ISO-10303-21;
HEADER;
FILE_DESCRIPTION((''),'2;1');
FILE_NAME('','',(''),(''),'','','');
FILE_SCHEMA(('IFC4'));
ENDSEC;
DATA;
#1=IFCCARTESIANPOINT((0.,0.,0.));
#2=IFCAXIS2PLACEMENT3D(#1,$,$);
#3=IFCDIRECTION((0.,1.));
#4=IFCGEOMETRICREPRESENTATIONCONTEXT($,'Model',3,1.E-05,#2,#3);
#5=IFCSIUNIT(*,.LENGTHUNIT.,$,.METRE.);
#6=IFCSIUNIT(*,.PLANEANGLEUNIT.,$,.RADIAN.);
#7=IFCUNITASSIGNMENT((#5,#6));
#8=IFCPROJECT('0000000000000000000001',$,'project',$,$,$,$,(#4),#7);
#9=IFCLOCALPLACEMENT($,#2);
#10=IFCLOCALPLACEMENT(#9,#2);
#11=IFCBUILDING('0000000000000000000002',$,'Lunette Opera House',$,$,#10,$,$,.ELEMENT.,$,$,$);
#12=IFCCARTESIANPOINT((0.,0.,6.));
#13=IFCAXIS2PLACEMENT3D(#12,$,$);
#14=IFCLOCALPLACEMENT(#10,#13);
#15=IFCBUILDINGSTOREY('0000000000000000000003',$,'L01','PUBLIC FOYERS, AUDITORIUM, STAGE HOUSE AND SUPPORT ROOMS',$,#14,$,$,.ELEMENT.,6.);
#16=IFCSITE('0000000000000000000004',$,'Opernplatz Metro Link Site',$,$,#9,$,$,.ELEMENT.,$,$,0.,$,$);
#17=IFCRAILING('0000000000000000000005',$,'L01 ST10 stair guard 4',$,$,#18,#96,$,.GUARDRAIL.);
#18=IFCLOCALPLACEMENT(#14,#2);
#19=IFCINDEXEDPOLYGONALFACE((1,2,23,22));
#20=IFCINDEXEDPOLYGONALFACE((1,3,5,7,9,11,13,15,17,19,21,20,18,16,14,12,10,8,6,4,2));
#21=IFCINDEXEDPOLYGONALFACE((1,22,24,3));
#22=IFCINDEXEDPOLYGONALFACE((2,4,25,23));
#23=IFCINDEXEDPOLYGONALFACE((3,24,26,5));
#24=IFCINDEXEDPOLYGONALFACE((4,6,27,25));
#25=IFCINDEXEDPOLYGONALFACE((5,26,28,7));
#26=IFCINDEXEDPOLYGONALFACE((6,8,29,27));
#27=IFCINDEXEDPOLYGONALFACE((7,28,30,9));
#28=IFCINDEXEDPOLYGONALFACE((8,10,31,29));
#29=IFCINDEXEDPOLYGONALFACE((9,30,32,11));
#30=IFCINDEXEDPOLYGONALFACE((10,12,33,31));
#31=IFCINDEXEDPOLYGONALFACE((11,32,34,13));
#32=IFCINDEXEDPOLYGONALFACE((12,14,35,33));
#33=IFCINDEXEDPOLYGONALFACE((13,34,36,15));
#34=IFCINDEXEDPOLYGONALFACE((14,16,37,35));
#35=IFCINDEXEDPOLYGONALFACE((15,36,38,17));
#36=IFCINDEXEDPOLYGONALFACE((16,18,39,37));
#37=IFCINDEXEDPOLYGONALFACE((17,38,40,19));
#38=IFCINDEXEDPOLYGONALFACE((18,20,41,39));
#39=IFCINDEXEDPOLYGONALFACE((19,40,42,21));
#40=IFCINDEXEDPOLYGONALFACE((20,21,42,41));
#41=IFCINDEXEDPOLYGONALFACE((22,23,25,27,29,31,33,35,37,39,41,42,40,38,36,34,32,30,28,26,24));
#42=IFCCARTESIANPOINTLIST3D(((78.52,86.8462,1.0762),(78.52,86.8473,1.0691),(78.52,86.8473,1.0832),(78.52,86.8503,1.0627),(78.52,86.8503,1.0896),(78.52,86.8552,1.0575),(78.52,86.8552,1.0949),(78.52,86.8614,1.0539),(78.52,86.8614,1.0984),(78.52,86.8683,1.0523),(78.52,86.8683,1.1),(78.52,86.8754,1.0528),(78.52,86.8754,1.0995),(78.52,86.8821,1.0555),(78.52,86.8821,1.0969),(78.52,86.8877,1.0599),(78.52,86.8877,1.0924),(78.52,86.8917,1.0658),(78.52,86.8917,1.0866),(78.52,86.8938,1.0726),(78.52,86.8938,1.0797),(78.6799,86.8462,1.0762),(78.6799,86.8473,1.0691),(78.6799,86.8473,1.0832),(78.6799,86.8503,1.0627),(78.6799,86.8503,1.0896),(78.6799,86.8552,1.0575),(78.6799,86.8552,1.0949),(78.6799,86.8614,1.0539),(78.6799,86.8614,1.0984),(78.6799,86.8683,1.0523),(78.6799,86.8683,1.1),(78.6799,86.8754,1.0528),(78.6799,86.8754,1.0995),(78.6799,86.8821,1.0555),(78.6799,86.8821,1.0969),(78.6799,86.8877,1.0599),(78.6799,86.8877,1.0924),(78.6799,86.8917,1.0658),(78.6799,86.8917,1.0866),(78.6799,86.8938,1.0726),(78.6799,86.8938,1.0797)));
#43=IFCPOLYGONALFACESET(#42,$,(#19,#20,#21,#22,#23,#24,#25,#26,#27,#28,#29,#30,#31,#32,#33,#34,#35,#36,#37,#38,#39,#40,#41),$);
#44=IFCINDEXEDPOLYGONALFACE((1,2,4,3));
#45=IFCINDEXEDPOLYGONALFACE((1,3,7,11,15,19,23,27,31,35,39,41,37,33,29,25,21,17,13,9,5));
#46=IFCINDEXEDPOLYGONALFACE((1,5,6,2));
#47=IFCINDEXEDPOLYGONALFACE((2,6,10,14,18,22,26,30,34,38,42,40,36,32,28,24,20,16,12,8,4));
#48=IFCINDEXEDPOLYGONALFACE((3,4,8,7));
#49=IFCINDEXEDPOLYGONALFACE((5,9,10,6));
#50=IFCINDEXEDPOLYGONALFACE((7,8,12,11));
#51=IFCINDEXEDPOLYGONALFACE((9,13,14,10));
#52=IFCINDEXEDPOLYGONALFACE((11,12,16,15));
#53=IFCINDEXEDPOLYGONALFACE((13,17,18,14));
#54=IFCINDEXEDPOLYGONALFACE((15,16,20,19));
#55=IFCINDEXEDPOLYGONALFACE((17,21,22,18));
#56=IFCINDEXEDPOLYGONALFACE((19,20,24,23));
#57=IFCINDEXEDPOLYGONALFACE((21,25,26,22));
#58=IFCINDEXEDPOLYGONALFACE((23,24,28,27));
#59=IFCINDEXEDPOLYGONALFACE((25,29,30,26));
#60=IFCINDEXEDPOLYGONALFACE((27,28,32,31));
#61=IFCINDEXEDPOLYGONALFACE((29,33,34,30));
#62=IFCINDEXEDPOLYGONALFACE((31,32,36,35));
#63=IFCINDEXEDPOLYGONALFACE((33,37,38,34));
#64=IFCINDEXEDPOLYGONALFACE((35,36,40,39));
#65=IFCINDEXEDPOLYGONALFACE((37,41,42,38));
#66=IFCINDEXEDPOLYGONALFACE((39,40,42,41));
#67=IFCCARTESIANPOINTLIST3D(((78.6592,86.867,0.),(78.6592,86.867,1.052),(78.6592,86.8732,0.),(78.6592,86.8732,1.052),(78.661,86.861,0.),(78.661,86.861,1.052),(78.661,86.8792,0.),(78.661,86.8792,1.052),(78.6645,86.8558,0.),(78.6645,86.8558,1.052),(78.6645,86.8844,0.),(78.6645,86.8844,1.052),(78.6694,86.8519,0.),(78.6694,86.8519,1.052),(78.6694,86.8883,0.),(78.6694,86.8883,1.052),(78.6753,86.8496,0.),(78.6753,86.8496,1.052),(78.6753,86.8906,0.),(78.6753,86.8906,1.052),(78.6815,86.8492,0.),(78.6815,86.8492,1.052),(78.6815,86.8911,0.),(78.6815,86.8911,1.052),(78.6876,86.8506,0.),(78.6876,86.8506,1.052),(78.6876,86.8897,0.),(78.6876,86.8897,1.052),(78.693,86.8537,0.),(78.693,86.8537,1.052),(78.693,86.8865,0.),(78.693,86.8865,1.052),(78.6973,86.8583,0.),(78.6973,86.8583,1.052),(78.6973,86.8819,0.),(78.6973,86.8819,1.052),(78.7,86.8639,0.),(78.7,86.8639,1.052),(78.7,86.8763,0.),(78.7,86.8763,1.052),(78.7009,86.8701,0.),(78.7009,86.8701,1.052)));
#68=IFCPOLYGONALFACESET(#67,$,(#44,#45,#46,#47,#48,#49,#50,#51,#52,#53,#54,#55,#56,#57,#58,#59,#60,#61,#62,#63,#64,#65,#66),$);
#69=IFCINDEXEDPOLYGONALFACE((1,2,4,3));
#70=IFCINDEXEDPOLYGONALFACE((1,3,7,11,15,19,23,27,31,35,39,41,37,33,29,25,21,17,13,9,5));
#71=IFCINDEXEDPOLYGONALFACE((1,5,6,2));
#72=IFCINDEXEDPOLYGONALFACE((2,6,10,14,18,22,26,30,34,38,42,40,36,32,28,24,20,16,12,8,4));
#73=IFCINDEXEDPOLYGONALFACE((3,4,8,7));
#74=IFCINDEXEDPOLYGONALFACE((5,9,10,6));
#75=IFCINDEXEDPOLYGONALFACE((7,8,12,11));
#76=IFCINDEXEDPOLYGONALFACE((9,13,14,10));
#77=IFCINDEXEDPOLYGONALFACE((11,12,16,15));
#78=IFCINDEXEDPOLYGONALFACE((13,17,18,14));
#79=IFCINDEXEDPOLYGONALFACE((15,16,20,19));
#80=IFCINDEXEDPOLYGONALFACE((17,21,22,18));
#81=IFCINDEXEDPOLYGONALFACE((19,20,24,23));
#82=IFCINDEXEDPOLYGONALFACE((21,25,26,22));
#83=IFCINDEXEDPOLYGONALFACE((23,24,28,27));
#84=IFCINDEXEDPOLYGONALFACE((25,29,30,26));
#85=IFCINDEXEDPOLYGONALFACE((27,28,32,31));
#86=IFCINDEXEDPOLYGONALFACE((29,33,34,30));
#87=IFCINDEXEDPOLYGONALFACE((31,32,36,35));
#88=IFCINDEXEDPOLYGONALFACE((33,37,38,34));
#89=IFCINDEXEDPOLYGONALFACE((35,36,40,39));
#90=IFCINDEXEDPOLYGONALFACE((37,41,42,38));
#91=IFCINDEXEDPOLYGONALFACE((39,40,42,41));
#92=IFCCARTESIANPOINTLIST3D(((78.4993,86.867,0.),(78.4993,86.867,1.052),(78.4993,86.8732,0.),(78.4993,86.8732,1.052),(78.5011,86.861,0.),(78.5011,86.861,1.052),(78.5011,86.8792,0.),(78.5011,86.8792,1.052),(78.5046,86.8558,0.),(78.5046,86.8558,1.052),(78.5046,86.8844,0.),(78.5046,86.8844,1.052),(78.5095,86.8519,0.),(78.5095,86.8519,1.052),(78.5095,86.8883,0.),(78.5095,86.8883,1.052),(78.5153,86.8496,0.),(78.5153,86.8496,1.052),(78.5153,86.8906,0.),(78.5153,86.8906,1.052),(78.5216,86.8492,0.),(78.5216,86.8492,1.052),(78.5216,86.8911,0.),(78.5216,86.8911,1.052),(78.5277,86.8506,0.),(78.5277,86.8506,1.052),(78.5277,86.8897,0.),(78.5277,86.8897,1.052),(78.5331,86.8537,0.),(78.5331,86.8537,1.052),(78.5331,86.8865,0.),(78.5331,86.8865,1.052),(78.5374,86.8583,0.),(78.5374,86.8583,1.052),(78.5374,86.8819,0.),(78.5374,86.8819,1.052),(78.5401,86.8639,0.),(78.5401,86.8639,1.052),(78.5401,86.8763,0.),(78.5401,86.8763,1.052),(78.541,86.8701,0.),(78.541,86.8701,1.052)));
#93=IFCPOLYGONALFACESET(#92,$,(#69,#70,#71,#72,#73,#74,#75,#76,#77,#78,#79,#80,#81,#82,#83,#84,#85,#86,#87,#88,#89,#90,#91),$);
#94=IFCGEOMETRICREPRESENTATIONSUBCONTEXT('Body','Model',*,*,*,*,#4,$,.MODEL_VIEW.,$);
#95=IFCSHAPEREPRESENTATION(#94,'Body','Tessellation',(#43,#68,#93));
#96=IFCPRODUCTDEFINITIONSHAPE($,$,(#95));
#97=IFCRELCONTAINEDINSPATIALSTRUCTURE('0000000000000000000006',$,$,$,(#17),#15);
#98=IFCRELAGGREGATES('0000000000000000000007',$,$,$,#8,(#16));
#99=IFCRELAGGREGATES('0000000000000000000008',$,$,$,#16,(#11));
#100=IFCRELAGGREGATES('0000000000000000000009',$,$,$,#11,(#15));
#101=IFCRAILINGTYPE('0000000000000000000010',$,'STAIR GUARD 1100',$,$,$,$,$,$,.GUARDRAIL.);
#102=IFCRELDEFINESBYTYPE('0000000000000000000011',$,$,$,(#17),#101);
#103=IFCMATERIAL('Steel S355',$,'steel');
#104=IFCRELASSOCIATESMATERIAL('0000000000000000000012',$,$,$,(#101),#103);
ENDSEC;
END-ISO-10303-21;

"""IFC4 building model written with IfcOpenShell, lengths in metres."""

from ifc_helpers import new_model, si_unit, direction, frame, origin, origin_2d, place, context, subcontext, project, spatial, circle, extrude, material, type_object, element, save


model = new_model("IFC4")

# Units and contexts
model_context = context("Model", 3, precision=1e-05, world=origin(), true_north=direction((0.0, 1.0)))
body_context = subcontext(model_context, "Body", "Model", "MODEL_VIEW")
ifc_project = project(units=[si_unit("LENGTHUNIT", "METRE"), si_unit("PLANEANGLEUNIT", "RADIAN")], contexts=[model_context])

# Site, building, storey
site_placement = place(None, origin())
site = spatial("IfcSite", under=ifc_project, at=site_placement, Name="Opernplatz Metro Link Site", CompositionType="ELEMENT", RefElevation=0.0)
building_placement = place(site_placement, origin())
building = spatial("IfcBuilding", under=site, at=building_placement, Name="Lunette Opera House", CompositionType="ELEMENT")
storey_placement = place(building_placement, frame((0.0, 0.0, 6.0)))
storey = spatial("IfcBuildingStorey", under=building, at=storey_placement, Name="L01", Description="PUBLIC FOYERS, AUDITORIUM, STAGE HOUSE AND SUPPORT ROOMS", CompositionType="ELEMENT", Elevation=6.0)

# Railing
ifc_material_1 = material(Name="Steel S355", Category="steel")
railing_type_1 = type_object("IfcRailingType", Name="STAIR GUARD 1100", PredefinedType="GUARDRAIL", material=ifc_material_1)
railing_1_placement = place(storey_placement, frame((78.6799, 86.8701, 0.0)))
element("IfcRailing", 1, at=railing_1_placement, inside=storey, type_object=railing_type_1, Name="L01 ST10 stair guard 4", PredefinedType="GUARDRAIL", context=body_context, shape_type="SweptSolid", body=[
    extrude(circle(Radius=0.0239, at=origin_2d()), frame((0.0, 0.0, 1.0762), z_axis=(-1.0, 0.0, 0.0), x_axis=(0.0, -1.0, 0.0)), (0.0, 0.0, 1.0), 0.1599),
    extrude(circle(Radius=0.021, at=origin_2d()), origin(), (0.0, 0.0, 1.0), 1.052),
    extrude(circle(Radius=0.021, at=origin_2d()), frame((-0.1599, 0.0, 0.0)), (0.0, 0.0, 1.0), 1.052),
])

save(model, "model.ifc")
